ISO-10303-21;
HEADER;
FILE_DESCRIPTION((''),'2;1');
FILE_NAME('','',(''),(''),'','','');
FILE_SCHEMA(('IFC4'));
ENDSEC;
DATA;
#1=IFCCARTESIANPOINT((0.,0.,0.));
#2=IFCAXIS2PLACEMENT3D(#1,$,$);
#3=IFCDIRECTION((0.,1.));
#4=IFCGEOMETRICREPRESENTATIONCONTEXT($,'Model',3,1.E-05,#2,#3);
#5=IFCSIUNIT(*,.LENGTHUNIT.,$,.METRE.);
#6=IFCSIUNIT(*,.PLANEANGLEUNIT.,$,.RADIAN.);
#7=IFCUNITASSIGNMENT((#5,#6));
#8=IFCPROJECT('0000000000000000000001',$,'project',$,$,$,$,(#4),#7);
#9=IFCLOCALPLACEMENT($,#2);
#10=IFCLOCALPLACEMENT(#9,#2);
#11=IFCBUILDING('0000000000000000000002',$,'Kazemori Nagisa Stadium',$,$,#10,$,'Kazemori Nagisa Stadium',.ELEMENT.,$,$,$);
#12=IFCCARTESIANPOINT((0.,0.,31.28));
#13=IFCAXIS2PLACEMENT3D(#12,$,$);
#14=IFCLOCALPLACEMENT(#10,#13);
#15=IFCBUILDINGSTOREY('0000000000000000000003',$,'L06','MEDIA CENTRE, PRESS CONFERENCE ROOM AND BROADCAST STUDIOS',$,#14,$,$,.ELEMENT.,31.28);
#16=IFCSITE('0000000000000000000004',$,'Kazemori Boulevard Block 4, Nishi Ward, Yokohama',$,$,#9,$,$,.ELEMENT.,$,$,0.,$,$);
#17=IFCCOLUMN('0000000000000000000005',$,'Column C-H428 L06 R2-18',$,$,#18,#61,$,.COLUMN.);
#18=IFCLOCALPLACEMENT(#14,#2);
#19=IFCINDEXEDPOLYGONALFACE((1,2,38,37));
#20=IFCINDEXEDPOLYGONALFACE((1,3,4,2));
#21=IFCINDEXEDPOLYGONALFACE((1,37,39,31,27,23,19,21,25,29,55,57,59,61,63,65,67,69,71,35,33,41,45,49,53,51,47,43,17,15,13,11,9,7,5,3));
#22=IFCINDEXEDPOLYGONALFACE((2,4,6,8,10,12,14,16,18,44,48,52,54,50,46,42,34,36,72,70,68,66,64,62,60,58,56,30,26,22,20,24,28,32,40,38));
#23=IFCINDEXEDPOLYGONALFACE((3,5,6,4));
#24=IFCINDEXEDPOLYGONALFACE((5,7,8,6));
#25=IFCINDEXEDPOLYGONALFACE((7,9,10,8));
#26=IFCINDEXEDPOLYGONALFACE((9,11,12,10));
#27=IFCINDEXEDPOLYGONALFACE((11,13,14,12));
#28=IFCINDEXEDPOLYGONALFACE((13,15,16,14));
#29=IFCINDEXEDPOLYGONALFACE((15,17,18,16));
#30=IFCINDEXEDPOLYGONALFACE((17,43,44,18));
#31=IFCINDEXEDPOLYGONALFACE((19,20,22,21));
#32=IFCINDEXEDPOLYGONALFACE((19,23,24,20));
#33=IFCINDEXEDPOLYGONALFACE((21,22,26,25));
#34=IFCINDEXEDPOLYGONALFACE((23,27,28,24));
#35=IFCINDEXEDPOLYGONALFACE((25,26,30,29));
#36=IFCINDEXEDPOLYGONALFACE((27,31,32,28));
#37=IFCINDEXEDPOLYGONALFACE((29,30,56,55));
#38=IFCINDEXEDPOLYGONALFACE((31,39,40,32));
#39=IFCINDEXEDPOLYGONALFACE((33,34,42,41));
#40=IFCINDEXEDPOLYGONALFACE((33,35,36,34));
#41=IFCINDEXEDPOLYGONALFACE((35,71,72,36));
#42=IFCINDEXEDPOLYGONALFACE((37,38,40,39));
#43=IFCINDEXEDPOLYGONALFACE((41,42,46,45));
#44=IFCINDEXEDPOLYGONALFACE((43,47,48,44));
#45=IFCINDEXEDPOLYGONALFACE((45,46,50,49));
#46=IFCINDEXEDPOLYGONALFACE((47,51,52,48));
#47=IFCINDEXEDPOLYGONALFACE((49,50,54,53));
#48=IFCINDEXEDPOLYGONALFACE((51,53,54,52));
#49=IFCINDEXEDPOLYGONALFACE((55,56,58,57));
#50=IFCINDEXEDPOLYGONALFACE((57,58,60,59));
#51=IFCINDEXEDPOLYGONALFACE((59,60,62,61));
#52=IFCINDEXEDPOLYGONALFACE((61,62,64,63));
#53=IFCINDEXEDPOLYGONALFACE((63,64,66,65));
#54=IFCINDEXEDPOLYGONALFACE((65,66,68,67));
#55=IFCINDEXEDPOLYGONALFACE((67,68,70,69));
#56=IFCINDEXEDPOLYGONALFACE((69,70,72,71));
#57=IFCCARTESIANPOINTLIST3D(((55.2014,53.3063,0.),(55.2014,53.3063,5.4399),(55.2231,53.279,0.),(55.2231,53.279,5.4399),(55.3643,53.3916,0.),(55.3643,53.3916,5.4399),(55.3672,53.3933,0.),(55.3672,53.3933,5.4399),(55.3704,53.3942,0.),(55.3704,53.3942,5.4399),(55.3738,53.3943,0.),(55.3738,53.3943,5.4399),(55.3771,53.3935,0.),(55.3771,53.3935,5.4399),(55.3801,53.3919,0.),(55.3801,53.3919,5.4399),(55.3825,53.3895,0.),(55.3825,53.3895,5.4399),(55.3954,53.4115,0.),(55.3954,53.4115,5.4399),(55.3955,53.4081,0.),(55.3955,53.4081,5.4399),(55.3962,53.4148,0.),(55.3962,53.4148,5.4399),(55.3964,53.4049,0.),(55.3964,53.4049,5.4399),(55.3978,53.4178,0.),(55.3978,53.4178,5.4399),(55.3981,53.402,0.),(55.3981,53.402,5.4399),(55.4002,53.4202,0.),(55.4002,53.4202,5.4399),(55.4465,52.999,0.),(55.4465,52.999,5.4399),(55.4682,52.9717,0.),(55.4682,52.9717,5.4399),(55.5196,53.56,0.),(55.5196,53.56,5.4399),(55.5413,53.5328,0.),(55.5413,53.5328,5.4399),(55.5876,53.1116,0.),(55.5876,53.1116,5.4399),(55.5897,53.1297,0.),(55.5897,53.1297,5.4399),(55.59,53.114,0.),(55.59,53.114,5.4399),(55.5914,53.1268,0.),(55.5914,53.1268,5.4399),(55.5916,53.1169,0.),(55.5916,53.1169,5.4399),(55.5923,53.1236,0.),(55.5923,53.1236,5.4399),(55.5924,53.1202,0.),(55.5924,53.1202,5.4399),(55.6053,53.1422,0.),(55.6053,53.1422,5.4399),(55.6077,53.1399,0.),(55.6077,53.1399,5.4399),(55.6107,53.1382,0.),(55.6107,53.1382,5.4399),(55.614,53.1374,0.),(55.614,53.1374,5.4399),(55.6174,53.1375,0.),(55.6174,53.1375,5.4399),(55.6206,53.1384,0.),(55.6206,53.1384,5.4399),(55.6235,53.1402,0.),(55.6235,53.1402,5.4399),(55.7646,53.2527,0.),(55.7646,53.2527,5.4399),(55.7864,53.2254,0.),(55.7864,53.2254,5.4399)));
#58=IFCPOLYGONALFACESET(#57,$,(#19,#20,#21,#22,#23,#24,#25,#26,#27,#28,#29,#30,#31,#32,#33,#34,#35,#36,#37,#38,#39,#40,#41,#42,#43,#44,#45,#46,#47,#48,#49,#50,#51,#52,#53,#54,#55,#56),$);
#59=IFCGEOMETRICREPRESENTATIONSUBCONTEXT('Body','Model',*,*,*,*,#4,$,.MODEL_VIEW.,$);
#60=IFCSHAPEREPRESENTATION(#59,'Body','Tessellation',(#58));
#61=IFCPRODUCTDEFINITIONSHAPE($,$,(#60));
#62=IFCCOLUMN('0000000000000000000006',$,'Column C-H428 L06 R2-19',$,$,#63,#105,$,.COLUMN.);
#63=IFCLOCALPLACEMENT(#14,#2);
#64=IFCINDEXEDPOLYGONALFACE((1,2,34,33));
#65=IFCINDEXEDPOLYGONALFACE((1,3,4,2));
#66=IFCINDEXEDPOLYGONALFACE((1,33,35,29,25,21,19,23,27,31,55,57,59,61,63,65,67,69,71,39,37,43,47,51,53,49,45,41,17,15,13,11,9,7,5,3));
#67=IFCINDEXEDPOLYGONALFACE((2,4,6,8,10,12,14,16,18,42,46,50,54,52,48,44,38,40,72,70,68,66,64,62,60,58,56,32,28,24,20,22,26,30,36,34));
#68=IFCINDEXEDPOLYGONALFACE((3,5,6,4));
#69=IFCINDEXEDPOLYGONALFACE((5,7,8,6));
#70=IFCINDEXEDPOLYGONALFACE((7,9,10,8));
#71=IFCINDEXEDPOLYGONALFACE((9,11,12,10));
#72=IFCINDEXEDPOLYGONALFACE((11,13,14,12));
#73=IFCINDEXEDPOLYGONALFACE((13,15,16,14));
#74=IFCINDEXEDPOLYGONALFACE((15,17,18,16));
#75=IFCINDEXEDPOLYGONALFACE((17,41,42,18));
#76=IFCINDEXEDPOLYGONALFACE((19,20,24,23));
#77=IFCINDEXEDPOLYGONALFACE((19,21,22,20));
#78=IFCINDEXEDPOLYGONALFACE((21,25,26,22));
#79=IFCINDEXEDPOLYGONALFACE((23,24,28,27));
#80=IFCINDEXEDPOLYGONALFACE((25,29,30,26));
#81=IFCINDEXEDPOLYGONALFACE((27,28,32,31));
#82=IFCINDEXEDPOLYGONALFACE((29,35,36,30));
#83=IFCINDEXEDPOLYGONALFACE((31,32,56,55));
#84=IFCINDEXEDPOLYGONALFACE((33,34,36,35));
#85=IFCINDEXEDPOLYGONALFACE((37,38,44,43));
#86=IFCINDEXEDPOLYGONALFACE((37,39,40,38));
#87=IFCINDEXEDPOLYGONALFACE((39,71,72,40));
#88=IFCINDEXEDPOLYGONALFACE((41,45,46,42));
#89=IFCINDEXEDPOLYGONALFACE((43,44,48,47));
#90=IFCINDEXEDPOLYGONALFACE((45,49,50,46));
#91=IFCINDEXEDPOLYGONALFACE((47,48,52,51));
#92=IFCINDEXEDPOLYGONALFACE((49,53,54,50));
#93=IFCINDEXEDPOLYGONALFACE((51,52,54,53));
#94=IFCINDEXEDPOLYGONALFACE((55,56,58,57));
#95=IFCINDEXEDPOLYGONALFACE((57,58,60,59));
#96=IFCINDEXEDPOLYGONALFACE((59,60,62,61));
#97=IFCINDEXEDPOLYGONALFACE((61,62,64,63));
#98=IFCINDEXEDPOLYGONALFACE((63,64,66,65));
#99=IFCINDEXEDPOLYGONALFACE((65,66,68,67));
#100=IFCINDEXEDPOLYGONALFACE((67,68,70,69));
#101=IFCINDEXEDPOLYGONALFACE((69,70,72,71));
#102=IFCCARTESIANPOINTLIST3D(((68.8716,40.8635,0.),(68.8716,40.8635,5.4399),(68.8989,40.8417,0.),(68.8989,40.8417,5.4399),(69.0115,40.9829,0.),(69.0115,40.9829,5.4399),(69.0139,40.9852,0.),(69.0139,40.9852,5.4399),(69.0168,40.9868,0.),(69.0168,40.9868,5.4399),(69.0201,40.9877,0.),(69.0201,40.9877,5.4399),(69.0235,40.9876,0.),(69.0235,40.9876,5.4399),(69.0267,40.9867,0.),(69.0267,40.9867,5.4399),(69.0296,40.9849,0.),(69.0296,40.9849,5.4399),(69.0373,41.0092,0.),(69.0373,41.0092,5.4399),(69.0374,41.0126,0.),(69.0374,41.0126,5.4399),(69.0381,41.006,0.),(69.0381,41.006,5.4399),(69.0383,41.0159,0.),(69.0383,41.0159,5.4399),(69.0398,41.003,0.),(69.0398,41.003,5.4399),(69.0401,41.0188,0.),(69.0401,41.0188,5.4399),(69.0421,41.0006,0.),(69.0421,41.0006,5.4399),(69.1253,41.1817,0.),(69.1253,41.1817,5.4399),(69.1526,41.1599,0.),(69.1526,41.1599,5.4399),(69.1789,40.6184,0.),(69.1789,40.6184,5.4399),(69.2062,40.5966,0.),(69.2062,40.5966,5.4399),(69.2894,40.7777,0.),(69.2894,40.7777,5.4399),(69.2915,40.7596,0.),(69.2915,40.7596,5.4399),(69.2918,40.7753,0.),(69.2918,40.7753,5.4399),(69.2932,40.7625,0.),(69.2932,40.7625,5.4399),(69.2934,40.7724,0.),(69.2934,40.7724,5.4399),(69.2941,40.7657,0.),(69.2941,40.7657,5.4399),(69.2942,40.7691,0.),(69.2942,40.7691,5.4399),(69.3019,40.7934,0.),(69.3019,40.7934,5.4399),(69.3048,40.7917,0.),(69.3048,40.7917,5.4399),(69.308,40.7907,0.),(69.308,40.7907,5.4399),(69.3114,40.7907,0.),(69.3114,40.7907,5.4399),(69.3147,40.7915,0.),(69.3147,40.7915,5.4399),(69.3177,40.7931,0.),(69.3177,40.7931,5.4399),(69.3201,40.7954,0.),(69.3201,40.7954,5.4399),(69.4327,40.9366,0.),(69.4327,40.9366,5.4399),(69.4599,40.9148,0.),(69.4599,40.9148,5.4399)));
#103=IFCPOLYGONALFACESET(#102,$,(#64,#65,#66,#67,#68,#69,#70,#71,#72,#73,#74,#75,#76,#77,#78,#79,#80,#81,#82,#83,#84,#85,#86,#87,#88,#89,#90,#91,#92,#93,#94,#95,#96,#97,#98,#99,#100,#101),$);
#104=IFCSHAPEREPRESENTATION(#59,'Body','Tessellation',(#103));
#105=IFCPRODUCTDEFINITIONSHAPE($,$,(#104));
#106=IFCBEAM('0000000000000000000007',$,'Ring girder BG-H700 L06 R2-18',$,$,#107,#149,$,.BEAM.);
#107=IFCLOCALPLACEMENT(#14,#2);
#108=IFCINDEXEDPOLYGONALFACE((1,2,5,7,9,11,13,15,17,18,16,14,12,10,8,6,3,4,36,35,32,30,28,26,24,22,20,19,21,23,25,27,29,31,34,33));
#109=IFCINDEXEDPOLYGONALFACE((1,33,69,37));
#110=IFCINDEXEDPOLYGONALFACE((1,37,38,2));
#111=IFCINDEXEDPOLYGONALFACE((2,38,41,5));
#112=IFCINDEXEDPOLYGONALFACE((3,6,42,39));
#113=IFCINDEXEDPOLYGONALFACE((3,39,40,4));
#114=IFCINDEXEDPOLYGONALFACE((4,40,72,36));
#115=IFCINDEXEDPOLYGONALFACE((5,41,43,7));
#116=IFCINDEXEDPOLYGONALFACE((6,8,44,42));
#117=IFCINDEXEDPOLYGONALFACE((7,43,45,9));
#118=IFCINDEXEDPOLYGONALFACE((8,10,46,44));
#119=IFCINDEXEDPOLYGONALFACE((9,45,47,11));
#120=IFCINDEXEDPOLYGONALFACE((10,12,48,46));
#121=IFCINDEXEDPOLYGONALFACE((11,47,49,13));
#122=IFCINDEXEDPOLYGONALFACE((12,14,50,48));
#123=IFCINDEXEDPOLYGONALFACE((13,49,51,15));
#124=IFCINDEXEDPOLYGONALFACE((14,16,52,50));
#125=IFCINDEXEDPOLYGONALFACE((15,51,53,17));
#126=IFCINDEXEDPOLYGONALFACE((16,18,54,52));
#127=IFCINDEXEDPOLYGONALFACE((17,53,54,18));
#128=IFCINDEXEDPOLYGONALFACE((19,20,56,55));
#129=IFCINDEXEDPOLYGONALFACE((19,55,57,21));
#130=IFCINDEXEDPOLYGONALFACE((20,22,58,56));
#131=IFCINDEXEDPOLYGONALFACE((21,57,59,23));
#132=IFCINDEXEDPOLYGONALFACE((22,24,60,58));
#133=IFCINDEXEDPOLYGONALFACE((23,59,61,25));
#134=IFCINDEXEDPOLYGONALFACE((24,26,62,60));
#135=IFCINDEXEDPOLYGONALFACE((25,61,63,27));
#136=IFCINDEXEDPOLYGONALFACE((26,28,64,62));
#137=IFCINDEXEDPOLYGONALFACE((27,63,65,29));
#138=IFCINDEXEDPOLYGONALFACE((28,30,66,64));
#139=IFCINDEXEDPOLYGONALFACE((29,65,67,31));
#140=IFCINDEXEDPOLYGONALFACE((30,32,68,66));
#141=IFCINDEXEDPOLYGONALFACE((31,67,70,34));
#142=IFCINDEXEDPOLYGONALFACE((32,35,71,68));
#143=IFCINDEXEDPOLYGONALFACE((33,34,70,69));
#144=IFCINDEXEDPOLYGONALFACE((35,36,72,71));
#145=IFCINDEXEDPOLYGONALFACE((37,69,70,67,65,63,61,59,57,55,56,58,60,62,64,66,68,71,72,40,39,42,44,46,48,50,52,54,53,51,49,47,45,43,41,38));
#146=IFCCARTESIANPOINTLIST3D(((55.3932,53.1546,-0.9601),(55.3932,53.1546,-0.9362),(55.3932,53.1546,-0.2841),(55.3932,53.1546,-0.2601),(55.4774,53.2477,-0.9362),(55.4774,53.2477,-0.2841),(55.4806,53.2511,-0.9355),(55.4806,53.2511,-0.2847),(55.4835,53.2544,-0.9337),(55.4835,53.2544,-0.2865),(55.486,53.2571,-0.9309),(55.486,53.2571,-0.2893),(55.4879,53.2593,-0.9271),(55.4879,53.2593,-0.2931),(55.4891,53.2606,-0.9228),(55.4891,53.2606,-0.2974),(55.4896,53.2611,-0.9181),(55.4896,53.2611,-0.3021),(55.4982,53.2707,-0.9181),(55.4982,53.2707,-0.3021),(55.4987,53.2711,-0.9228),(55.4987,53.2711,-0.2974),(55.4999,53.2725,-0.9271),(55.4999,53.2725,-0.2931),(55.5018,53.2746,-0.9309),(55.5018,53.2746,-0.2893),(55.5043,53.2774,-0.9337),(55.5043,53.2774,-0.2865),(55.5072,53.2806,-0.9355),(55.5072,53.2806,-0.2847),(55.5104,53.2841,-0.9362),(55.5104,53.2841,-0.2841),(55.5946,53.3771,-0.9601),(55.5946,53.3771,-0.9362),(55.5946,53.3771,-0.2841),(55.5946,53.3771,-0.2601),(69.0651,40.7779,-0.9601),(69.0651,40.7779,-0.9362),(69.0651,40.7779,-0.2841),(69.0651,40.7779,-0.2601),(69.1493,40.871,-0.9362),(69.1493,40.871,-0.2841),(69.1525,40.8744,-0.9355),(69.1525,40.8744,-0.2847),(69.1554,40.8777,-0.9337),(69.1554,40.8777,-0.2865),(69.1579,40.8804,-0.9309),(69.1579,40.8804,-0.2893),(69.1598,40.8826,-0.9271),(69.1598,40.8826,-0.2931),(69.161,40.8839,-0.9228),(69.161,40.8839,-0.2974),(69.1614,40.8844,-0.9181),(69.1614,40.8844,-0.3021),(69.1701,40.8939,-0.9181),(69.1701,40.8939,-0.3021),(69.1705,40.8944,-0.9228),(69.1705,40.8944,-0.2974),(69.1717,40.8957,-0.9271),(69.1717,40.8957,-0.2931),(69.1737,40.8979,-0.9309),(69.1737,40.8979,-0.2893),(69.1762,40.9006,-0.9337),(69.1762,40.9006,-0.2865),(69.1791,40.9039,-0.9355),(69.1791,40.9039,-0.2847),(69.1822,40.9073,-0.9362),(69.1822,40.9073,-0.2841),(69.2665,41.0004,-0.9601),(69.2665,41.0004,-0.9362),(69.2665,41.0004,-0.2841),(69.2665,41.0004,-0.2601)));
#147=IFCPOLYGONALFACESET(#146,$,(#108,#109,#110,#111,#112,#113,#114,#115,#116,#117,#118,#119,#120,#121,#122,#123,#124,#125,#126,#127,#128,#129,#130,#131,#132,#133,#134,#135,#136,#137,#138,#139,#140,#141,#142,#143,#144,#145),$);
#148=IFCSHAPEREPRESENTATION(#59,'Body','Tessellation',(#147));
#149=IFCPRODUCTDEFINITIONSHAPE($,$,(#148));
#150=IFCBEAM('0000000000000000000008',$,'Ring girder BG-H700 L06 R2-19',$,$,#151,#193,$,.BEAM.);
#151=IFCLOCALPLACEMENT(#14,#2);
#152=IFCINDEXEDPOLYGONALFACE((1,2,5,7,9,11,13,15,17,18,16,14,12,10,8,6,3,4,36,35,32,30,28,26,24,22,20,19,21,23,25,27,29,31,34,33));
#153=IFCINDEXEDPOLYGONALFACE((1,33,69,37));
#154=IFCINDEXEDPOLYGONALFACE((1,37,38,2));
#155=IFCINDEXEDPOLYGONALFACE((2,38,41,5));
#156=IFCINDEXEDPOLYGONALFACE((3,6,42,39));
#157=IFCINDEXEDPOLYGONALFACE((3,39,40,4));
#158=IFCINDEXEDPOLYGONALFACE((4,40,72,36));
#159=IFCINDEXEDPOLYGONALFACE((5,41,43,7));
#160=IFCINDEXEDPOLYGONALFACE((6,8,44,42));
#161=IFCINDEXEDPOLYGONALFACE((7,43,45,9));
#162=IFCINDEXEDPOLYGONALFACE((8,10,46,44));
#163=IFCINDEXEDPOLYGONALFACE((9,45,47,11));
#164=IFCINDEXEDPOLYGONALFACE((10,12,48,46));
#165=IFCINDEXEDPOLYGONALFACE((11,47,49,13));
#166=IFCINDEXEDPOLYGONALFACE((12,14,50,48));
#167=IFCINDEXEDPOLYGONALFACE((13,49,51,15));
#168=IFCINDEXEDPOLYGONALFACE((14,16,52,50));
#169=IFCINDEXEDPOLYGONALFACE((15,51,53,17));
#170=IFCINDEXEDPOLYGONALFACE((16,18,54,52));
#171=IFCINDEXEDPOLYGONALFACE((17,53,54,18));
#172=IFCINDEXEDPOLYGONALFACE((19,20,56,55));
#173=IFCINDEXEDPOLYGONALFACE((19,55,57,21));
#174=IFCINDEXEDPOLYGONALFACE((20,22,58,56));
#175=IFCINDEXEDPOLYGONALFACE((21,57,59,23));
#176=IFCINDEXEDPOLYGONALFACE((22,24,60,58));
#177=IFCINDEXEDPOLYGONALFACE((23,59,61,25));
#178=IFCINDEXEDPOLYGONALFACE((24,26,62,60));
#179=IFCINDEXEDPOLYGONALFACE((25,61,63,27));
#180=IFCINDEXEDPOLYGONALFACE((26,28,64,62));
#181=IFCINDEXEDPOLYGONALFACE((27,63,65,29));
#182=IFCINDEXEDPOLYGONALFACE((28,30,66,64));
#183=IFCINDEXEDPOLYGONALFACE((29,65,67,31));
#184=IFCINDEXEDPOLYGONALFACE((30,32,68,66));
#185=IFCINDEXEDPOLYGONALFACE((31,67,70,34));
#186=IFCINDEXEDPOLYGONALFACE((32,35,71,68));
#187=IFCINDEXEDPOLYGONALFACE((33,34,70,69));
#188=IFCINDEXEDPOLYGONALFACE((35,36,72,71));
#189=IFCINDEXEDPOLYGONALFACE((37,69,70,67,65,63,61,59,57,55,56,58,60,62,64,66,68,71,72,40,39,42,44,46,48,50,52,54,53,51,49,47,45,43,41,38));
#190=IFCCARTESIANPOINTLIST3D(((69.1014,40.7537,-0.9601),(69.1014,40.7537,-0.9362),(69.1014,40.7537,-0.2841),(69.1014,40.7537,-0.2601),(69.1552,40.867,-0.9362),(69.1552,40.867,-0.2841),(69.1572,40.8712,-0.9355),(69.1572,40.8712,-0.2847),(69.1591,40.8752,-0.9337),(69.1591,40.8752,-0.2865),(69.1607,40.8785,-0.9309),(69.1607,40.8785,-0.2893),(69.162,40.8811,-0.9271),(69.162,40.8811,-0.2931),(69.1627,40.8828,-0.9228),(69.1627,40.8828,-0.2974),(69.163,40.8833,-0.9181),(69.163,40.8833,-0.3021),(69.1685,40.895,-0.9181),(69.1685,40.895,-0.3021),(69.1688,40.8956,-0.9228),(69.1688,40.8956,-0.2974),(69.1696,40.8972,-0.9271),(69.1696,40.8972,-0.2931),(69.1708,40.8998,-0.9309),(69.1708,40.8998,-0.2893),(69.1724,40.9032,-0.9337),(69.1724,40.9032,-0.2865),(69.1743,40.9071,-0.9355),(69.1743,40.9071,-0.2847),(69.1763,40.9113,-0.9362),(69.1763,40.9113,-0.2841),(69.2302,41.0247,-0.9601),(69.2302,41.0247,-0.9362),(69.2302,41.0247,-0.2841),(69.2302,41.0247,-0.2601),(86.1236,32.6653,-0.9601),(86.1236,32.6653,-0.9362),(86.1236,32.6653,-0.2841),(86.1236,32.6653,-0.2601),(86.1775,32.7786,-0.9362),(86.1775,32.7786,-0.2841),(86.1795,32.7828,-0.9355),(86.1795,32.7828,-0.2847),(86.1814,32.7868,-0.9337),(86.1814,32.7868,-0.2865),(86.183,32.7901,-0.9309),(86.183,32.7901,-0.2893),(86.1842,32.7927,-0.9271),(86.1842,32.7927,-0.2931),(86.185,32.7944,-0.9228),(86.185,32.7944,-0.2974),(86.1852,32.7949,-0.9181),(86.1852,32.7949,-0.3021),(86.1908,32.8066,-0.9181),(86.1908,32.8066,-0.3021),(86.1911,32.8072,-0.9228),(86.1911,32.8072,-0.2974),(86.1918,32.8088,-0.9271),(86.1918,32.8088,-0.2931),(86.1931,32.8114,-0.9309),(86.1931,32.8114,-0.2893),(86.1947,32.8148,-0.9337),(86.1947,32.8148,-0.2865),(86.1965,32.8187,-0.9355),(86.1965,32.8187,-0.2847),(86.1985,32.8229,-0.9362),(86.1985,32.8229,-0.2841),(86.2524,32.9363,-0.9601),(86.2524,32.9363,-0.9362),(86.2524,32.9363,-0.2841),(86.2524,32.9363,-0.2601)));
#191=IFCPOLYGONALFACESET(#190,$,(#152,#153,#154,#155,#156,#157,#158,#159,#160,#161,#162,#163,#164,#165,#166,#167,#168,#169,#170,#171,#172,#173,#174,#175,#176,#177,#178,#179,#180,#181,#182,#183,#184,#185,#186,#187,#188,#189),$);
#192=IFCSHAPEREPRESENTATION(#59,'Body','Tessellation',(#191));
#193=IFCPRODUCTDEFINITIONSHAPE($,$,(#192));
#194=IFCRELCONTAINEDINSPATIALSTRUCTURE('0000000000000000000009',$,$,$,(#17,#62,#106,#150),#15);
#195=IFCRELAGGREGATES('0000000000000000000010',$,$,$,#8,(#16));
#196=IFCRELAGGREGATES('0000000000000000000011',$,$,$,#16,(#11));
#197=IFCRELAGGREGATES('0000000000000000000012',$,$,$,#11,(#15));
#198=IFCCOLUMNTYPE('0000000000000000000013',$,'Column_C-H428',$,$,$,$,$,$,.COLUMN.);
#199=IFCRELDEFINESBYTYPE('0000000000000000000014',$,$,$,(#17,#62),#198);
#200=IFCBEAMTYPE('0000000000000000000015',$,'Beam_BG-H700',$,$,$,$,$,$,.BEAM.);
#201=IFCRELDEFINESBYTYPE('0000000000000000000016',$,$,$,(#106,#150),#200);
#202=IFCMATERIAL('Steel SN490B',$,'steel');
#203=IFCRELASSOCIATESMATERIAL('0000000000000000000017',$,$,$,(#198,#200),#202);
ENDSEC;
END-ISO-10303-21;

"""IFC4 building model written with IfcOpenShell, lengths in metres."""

from ifc_helpers import new_model, si_unit, direction, frame, origin, origin_2d, place, context, subcontext, project, spatial, i_section, extrude, material, material_profile, profile_set, type_object, element, save


model = new_model("IFC4")

# Units and contexts
model_context = context("Model", 3, precision=1e-05, world=origin(), true_north=direction((0.0, 1.0)))
body_context = subcontext(model_context, "Body", "Model", "MODEL_VIEW")
ifc_project = project(units=[si_unit("LENGTHUNIT", "METRE"), si_unit("PLANEANGLEUNIT", "RADIAN")], contexts=[model_context])

# Site, building, storey
site_placement = place(None, origin())
site = spatial("IfcSite", under=ifc_project, at=site_placement, Name="Kazemori Boulevard Block 4, Nishi Ward, Yokohama", CompositionType="ELEMENT", RefElevation=0.0)
building_placement = place(site_placement, origin())
building = spatial("IfcBuilding", under=site, at=building_placement, Name="Kazemori Nagisa Stadium", LongName="Kazemori Nagisa Stadium", CompositionType="ELEMENT")
storey_placement = place(building_placement, frame((0.0, 0.0, 31.28)))
storey = spatial("IfcBuildingStorey", under=building, at=storey_placement, Name="L06", Description="MEDIA CENTRE, PRESS CONFERENCE ROOM AND BROADCAST STUDIOS", CompositionType="ELEMENT", Elevation=31.28)

# Columns
ifc_material_1 = material(Name="Steel SN490B", Category="steel")
ifc_material_profile_1 = material_profile(ifc_material_1, i_section(OverallWidth=0.407, OverallDepth=0.428, WebThickness=0.02, FlangeThickness=0.0349, FilletRadius=0.0129, at=origin_2d()), Name="H-428x407x20x35")
ifc_profile_set_1 = profile_set([ifc_material_profile_1], Name="Steel SN490B")
column_type = type_object("IfcColumnType", Name="Column_C-H428", PredefinedType="COLUMN", material=ifc_profile_set_1)
for number, where, z_axis, x_axis, name in (
    (1, (55.4939, 53.2659, 0.0), (0.0, 0.0, 1.0), (-0.781831, -0.62349, 0.0), "Column C-H428 L06 R2-18"),
    (2, (69.1658, 40.8892, 0.0), (0.0, 0.0, 1.0), (-0.62349, -0.781831, 0.0), "Column C-H428 L06 R2-19"),
):
    element("IfcColumn", number, at=place(storey_placement, frame(where, z_axis=z_axis, x_axis=x_axis)), inside=storey, type_object=column_type, Name=name, PredefinedType="COLUMN", context=body_context, shape_type="SweptSolid", body=[
        extrude(i_section(OverallWidth=0.407, OverallDepth=0.428, WebThickness=0.02, FlangeThickness=0.0349, FilletRadius=0.0129, at=origin_2d()), origin(), (0.0, 0.0, 1.0), 5.4399),
    ])

# Beams
ifc_material_profile_2 = material_profile(ifc_material_1, i_section(OverallWidth=0.3, OverallDepth=0.7, WebThickness=0.0129, FlangeThickness=0.0239, FilletRadius=0.0181, at=origin_2d()), Name="H-700x300x13x24")
ifc_profile_set_2 = profile_set([ifc_material_profile_2], Name="Steel SN490B")
beam_type_1 = type_object("IfcBeamType", Name="Beam_BG-H700", PredefinedType="BEAM", material=ifc_profile_set_2)
beam_1_placement = place(storey_placement, frame((55.4939, 53.2659, -0.6101), z_axis=(0.741349, -0.67112, 0.0), x_axis=(0.67112, 0.741349, 0.0)))
element("IfcBeam", 3, at=beam_1_placement, inside=storey, type_object=beam_type_1, Name="Ring girder BG-H700 L06 R2-18", PredefinedType="BEAM", context=body_context, shape_type="SweptSolid", body=[
    extrude(i_section(OverallWidth=0.3, OverallDepth=0.7, WebThickness=0.0129, FlangeThickness=0.0239, FilletRadius=0.0181, at=origin_2d()), origin(), (0.0, 0.0, 1.0), 18.4419),
])
beam_2_placement = place(storey_placement, frame((69.1658, 40.8892, -0.6101), z_axis=(0.903219, -0.429179, 0.0), x_axis=(0.429179, 0.903219, 0.0)))
element("IfcBeam", 4, at=beam_2_placement, inside=storey, type_object=beam_type_1, Name="Ring girder BG-H700 L06 R2-19", PredefinedType="BEAM", context=body_context, shape_type="SweptSolid", body=[
    extrude(i_section(OverallWidth=0.3, OverallDepth=0.7, WebThickness=0.0129, FlangeThickness=0.0239, FilletRadius=0.0181, at=origin_2d()), origin(), (0.0, 0.0, 1.0), 18.8462),
])

save(model, "model.ifc")
